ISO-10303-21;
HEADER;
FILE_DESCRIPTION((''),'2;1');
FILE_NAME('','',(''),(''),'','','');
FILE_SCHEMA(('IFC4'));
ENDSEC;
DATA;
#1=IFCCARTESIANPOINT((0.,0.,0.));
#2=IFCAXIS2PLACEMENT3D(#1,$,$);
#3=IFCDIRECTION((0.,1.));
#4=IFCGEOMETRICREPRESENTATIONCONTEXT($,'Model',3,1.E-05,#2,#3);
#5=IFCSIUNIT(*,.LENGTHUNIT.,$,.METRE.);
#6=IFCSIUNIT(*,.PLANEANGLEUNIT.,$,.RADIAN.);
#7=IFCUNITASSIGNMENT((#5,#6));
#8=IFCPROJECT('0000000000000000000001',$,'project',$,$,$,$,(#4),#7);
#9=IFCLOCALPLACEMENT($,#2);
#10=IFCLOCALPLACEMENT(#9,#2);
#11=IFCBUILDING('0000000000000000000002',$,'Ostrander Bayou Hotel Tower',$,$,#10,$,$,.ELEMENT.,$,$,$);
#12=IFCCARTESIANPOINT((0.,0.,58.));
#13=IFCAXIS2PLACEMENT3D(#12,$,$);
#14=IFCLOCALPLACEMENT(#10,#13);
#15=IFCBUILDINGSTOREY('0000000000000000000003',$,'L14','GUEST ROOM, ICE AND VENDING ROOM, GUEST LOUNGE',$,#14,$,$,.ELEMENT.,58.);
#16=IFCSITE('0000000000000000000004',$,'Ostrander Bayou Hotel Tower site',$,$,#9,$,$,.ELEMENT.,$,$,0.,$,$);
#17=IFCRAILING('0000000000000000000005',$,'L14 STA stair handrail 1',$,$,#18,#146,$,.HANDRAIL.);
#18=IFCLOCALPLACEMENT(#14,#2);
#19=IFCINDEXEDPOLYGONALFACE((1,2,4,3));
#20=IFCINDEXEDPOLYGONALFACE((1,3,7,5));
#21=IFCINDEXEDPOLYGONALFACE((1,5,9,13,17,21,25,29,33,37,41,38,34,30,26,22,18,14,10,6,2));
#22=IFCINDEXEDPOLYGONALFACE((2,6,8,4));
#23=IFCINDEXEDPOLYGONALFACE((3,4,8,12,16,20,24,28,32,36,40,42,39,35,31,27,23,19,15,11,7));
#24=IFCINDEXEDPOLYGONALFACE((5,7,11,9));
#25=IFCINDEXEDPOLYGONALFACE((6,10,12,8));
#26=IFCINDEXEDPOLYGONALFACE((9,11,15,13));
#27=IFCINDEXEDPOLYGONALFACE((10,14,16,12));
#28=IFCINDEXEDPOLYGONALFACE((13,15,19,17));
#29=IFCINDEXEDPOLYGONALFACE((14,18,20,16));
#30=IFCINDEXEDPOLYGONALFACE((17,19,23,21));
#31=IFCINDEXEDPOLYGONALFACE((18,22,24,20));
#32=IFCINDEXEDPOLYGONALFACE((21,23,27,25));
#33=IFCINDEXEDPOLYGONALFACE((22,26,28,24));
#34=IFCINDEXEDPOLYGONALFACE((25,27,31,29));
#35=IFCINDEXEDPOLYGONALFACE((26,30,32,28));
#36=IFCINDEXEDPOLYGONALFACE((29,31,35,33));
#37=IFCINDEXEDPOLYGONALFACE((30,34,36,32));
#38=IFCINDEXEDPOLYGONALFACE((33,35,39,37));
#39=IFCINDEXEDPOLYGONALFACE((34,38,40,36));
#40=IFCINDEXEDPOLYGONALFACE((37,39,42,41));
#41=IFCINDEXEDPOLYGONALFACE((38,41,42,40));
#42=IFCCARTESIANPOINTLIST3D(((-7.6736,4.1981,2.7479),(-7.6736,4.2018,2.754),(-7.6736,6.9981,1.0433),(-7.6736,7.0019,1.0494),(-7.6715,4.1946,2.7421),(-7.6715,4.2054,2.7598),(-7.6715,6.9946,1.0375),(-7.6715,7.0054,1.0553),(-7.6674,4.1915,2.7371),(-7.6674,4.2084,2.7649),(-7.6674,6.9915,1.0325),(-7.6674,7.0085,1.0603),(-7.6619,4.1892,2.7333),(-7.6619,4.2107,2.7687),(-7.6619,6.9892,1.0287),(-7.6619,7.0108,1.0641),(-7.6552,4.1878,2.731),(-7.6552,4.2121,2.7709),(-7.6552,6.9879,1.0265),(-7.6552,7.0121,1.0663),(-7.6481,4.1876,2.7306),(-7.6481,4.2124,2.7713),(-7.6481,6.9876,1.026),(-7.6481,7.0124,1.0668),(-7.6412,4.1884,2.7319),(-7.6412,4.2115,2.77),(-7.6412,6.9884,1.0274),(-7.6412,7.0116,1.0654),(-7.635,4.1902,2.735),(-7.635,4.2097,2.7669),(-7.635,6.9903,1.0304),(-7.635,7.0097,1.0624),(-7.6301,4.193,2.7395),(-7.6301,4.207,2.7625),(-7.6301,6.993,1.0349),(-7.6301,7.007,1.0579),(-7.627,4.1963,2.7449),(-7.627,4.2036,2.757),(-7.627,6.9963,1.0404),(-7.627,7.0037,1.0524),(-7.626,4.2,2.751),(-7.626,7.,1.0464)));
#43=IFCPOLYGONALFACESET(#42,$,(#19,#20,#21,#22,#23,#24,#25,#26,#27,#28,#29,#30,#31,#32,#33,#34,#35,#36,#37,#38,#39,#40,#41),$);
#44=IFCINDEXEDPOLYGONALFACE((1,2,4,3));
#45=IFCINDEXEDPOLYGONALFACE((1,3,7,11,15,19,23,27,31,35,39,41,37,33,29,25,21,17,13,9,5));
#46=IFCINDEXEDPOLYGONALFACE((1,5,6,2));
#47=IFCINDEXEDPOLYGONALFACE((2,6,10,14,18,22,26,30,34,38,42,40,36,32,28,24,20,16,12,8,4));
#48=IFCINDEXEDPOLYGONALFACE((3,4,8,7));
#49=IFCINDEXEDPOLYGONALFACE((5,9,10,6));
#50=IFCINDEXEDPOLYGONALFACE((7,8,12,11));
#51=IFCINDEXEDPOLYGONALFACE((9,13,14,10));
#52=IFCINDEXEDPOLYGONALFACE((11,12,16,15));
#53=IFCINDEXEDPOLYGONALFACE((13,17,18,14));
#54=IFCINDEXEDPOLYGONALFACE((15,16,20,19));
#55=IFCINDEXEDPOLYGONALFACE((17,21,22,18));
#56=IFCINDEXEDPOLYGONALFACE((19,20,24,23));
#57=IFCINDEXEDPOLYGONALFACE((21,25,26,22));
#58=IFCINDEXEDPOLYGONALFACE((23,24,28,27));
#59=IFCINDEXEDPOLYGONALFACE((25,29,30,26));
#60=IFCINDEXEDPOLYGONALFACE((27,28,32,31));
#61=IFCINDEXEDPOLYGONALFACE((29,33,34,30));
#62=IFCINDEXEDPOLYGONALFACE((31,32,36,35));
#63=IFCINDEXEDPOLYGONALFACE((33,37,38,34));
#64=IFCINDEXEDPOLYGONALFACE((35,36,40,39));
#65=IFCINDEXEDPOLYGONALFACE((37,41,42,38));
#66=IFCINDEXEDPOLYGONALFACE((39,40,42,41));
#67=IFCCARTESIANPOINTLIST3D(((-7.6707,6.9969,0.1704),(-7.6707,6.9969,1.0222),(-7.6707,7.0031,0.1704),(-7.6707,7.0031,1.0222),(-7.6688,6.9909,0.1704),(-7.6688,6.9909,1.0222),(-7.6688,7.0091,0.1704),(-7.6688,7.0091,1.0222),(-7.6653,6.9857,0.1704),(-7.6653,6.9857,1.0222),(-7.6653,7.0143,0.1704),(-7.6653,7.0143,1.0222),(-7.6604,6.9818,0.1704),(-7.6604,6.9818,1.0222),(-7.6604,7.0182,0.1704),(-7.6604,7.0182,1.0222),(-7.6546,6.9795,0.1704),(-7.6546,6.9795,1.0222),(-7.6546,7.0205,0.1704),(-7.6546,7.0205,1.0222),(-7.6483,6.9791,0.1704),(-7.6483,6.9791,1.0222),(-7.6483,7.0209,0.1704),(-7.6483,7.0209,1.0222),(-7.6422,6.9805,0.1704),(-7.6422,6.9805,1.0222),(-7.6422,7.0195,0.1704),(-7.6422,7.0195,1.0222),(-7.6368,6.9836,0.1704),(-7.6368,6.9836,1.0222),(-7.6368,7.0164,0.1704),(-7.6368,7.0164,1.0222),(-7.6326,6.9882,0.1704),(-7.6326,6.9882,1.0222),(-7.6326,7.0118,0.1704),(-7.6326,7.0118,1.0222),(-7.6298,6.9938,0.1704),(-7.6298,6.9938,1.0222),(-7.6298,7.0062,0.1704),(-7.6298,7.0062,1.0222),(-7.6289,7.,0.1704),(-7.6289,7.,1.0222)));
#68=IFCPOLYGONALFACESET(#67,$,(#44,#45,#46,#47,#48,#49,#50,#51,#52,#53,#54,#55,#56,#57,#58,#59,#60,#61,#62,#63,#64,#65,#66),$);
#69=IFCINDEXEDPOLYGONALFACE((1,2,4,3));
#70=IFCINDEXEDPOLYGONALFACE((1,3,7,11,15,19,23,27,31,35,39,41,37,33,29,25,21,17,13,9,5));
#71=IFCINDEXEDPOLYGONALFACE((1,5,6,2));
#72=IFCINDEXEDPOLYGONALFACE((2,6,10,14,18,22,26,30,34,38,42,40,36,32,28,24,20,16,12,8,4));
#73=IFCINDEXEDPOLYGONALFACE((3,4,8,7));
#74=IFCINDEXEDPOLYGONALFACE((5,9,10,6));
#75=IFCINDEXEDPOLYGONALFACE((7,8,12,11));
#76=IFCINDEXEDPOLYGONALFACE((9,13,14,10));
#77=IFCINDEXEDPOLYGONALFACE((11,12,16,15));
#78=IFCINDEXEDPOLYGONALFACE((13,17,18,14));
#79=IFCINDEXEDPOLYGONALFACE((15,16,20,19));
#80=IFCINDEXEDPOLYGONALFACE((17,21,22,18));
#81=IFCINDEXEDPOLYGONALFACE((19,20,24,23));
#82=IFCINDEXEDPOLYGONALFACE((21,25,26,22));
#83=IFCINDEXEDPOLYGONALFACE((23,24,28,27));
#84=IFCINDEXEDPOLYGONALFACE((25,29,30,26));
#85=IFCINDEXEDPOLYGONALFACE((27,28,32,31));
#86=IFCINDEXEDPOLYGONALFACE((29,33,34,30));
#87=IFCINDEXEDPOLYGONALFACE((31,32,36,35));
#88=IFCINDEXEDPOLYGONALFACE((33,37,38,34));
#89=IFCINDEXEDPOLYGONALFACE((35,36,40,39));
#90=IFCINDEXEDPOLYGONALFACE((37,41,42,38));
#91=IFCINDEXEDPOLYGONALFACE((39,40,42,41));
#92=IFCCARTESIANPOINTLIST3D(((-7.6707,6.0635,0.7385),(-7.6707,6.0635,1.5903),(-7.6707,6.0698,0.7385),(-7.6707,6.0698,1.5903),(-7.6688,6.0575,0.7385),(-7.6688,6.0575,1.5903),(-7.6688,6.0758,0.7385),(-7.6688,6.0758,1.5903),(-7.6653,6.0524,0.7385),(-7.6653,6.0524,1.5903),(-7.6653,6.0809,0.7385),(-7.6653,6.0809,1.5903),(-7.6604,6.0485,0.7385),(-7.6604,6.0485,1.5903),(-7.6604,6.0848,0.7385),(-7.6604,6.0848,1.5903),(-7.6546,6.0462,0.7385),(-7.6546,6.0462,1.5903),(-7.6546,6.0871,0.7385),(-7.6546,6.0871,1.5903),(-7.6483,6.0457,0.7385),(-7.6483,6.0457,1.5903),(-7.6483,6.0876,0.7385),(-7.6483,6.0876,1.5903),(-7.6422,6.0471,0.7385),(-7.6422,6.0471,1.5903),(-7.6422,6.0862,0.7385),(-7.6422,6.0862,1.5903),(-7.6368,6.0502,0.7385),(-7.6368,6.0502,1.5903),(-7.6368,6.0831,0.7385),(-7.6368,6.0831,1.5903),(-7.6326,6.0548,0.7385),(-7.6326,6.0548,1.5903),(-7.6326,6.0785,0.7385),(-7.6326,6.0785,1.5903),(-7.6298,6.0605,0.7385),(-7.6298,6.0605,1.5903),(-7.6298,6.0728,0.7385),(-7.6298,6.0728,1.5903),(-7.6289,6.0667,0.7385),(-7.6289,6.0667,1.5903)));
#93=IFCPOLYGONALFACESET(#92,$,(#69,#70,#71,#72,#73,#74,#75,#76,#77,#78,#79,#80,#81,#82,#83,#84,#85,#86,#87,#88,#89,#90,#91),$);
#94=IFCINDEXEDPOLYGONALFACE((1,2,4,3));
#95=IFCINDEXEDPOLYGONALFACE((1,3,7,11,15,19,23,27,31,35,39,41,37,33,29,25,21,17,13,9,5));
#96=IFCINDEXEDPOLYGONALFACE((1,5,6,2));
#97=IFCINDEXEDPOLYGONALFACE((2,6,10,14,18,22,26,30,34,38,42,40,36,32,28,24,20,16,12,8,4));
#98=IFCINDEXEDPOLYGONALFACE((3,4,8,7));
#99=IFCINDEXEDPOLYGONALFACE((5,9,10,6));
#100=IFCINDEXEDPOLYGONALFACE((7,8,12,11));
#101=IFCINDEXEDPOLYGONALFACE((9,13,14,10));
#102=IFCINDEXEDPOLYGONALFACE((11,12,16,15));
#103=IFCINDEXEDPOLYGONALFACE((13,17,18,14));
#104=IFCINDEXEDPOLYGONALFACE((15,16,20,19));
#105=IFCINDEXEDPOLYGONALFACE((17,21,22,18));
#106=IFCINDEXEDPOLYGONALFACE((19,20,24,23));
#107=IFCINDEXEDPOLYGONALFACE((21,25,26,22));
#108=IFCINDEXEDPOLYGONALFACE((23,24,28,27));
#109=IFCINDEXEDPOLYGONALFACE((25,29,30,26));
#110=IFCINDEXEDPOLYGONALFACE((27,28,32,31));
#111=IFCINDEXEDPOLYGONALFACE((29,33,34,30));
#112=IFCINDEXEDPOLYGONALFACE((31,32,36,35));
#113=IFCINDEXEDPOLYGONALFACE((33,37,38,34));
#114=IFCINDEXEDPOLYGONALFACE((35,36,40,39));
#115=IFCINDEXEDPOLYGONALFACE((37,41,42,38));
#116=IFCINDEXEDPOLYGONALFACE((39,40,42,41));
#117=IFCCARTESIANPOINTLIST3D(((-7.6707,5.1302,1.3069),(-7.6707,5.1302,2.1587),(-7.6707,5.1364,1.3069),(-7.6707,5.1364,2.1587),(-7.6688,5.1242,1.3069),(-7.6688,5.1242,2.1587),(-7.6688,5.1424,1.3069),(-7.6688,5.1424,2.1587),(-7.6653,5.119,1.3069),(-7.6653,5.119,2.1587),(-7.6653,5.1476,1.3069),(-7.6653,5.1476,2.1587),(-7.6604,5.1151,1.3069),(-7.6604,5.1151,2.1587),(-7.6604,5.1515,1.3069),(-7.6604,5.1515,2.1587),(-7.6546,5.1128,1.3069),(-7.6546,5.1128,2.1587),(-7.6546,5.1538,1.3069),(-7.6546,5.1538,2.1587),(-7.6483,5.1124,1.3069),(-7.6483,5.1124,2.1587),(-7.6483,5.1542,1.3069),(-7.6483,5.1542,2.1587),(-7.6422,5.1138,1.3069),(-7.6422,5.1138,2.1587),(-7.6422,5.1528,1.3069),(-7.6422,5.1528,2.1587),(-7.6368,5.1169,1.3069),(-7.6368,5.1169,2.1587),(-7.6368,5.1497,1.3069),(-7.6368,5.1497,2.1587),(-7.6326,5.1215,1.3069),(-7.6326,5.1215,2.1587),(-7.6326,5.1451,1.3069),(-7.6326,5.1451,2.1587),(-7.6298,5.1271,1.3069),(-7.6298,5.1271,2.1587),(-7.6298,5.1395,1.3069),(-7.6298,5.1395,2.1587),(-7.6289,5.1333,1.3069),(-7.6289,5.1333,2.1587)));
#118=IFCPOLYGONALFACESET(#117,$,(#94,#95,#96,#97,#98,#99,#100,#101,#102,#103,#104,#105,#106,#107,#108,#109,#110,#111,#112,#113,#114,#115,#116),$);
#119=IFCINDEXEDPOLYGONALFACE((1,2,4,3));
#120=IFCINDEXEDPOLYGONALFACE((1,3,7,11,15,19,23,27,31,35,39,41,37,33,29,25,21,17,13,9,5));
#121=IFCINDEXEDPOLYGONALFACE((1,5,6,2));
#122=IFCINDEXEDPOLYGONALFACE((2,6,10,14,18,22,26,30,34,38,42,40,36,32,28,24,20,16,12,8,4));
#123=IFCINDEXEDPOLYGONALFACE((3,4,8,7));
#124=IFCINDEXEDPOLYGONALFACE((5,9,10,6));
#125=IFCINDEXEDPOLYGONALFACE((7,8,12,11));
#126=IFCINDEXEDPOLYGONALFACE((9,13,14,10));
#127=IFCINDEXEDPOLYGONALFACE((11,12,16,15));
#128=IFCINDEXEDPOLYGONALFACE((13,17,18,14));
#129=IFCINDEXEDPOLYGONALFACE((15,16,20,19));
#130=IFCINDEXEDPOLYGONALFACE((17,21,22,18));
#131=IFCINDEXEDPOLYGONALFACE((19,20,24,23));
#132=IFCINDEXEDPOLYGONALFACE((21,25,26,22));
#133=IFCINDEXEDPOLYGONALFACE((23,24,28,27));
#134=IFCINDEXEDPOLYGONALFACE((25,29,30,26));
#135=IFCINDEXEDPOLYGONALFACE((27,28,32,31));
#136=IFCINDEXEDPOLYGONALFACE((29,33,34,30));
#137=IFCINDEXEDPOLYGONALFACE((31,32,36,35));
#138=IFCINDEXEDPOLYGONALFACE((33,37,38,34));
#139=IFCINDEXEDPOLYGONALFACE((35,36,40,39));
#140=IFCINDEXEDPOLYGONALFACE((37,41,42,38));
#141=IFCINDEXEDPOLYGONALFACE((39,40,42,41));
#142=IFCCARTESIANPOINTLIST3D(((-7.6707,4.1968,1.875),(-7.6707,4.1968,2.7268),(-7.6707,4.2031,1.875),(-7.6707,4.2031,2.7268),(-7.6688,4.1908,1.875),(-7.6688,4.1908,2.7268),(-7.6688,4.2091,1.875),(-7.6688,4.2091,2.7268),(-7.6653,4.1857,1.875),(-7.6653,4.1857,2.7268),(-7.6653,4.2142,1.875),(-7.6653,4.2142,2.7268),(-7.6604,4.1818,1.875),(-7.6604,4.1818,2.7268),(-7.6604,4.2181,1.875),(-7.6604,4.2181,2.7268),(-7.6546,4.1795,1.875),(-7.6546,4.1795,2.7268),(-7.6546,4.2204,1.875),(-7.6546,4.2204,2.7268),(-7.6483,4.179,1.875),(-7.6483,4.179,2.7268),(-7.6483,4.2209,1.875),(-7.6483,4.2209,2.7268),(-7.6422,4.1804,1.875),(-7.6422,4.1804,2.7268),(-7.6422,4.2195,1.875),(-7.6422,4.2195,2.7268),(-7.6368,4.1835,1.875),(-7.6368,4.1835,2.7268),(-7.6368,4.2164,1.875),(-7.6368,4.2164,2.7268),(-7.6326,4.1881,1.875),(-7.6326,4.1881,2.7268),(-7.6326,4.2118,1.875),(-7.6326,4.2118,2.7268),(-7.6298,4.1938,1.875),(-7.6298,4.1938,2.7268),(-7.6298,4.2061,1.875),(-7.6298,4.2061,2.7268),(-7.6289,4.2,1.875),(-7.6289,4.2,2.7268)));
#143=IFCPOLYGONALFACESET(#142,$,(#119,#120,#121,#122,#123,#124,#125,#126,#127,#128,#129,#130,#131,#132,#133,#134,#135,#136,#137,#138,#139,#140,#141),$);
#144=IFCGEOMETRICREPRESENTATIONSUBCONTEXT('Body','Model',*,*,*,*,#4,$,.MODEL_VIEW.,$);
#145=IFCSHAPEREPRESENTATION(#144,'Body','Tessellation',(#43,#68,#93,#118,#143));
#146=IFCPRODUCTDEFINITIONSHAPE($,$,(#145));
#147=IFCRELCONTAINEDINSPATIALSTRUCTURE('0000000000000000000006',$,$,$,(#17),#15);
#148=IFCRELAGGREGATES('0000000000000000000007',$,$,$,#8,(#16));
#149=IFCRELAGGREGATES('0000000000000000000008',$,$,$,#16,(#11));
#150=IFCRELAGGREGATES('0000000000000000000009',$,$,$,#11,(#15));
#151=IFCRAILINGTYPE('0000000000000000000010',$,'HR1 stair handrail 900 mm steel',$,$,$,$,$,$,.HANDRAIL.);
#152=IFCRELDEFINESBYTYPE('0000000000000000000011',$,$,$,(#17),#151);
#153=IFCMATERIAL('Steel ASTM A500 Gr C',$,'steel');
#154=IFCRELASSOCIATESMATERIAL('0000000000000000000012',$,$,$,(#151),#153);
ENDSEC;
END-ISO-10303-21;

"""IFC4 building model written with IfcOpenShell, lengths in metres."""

from ifc_helpers import new_model, si_unit, direction, frame, origin, origin_2d, place, context, subcontext, project, spatial, circle, extrude, material, type_object, element, save


model = new_model("IFC4")

# Units and contexts
model_context = context("Model", 3, precision=1e-05, world=origin(), true_north=direction((0.0, 1.0)))
body_context = subcontext(model_context, "Body", "Model", "MODEL_VIEW")
ifc_project = project(units=[si_unit("LENGTHUNIT", "METRE"), si_unit("PLANEANGLEUNIT", "RADIAN")], contexts=[model_context])

# Site, building, storey
site_placement = place(None, origin())
site = spatial("IfcSite", under=ifc_project, at=site_placement, Name="Ostrander Bayou Hotel Tower site", CompositionType="ELEMENT", RefElevation=0.0)
building_placement = place(site_placement, origin())
building = spatial("IfcBuilding", under=site, at=building_placement, Name="Ostrander Bayou Hotel Tower", CompositionType="ELEMENT")
storey_placement = place(building_placement, frame((0.0, 0.0, 58.0)))
storey = spatial("IfcBuildingStorey", under=building, at=storey_placement, Name="L14", Description="GUEST ROOM, ICE AND VENDING ROOM, GUEST LOUNGE", CompositionType="ELEMENT", Elevation=58.0)

# Railing
ifc_material_1 = material(Name="Steel ASTM A500 Gr C", Category="steel")
railing_type_1 = type_object("IfcRailingType", Name="HR1 stair handrail 900 mm steel", PredefinedType="HANDRAIL", material=ifc_material_1)
railing_1_placement = place(storey_placement, frame((-7.6499, 7.0, 0.1704)))
element("IfcRailing", 1, at=railing_1_placement, inside=storey, type_object=railing_type_1, Name="L14 STA stair handrail 1", PredefinedType="HANDRAIL", context=body_context, shape_type="SweptSolid", body=[
    extrude(circle(Radius=0.0239, at=origin_2d()), frame((0.0, 0.0, 0.876), z_axis=(0.0, -0.85417, 0.519994), x_axis=(1.0, 0.0, 0.0)), (0.0, 0.0, 1.0), 3.2781),
    extrude(circle(Radius=0.021, at=origin_2d()), origin(), (0.0, 0.0, 1.0), 0.8518),
    extrude(circle(Radius=0.021, at=origin_2d()), frame((0.0, -0.9333, 0.5681)), (0.0, 0.0, 1.0), 0.8518),
    extrude(circle(Radius=0.021, at=origin_2d()), frame((0.0, -1.8667, 1.1365)), (0.0, 0.0, 1.0), 0.8518),
    extrude(circle(Radius=0.021, at=origin_2d()), frame((0.0, -2.8, 1.7046)), (0.0, 0.0, 1.0), 0.8518),
])

save(model, "model.ifc")
